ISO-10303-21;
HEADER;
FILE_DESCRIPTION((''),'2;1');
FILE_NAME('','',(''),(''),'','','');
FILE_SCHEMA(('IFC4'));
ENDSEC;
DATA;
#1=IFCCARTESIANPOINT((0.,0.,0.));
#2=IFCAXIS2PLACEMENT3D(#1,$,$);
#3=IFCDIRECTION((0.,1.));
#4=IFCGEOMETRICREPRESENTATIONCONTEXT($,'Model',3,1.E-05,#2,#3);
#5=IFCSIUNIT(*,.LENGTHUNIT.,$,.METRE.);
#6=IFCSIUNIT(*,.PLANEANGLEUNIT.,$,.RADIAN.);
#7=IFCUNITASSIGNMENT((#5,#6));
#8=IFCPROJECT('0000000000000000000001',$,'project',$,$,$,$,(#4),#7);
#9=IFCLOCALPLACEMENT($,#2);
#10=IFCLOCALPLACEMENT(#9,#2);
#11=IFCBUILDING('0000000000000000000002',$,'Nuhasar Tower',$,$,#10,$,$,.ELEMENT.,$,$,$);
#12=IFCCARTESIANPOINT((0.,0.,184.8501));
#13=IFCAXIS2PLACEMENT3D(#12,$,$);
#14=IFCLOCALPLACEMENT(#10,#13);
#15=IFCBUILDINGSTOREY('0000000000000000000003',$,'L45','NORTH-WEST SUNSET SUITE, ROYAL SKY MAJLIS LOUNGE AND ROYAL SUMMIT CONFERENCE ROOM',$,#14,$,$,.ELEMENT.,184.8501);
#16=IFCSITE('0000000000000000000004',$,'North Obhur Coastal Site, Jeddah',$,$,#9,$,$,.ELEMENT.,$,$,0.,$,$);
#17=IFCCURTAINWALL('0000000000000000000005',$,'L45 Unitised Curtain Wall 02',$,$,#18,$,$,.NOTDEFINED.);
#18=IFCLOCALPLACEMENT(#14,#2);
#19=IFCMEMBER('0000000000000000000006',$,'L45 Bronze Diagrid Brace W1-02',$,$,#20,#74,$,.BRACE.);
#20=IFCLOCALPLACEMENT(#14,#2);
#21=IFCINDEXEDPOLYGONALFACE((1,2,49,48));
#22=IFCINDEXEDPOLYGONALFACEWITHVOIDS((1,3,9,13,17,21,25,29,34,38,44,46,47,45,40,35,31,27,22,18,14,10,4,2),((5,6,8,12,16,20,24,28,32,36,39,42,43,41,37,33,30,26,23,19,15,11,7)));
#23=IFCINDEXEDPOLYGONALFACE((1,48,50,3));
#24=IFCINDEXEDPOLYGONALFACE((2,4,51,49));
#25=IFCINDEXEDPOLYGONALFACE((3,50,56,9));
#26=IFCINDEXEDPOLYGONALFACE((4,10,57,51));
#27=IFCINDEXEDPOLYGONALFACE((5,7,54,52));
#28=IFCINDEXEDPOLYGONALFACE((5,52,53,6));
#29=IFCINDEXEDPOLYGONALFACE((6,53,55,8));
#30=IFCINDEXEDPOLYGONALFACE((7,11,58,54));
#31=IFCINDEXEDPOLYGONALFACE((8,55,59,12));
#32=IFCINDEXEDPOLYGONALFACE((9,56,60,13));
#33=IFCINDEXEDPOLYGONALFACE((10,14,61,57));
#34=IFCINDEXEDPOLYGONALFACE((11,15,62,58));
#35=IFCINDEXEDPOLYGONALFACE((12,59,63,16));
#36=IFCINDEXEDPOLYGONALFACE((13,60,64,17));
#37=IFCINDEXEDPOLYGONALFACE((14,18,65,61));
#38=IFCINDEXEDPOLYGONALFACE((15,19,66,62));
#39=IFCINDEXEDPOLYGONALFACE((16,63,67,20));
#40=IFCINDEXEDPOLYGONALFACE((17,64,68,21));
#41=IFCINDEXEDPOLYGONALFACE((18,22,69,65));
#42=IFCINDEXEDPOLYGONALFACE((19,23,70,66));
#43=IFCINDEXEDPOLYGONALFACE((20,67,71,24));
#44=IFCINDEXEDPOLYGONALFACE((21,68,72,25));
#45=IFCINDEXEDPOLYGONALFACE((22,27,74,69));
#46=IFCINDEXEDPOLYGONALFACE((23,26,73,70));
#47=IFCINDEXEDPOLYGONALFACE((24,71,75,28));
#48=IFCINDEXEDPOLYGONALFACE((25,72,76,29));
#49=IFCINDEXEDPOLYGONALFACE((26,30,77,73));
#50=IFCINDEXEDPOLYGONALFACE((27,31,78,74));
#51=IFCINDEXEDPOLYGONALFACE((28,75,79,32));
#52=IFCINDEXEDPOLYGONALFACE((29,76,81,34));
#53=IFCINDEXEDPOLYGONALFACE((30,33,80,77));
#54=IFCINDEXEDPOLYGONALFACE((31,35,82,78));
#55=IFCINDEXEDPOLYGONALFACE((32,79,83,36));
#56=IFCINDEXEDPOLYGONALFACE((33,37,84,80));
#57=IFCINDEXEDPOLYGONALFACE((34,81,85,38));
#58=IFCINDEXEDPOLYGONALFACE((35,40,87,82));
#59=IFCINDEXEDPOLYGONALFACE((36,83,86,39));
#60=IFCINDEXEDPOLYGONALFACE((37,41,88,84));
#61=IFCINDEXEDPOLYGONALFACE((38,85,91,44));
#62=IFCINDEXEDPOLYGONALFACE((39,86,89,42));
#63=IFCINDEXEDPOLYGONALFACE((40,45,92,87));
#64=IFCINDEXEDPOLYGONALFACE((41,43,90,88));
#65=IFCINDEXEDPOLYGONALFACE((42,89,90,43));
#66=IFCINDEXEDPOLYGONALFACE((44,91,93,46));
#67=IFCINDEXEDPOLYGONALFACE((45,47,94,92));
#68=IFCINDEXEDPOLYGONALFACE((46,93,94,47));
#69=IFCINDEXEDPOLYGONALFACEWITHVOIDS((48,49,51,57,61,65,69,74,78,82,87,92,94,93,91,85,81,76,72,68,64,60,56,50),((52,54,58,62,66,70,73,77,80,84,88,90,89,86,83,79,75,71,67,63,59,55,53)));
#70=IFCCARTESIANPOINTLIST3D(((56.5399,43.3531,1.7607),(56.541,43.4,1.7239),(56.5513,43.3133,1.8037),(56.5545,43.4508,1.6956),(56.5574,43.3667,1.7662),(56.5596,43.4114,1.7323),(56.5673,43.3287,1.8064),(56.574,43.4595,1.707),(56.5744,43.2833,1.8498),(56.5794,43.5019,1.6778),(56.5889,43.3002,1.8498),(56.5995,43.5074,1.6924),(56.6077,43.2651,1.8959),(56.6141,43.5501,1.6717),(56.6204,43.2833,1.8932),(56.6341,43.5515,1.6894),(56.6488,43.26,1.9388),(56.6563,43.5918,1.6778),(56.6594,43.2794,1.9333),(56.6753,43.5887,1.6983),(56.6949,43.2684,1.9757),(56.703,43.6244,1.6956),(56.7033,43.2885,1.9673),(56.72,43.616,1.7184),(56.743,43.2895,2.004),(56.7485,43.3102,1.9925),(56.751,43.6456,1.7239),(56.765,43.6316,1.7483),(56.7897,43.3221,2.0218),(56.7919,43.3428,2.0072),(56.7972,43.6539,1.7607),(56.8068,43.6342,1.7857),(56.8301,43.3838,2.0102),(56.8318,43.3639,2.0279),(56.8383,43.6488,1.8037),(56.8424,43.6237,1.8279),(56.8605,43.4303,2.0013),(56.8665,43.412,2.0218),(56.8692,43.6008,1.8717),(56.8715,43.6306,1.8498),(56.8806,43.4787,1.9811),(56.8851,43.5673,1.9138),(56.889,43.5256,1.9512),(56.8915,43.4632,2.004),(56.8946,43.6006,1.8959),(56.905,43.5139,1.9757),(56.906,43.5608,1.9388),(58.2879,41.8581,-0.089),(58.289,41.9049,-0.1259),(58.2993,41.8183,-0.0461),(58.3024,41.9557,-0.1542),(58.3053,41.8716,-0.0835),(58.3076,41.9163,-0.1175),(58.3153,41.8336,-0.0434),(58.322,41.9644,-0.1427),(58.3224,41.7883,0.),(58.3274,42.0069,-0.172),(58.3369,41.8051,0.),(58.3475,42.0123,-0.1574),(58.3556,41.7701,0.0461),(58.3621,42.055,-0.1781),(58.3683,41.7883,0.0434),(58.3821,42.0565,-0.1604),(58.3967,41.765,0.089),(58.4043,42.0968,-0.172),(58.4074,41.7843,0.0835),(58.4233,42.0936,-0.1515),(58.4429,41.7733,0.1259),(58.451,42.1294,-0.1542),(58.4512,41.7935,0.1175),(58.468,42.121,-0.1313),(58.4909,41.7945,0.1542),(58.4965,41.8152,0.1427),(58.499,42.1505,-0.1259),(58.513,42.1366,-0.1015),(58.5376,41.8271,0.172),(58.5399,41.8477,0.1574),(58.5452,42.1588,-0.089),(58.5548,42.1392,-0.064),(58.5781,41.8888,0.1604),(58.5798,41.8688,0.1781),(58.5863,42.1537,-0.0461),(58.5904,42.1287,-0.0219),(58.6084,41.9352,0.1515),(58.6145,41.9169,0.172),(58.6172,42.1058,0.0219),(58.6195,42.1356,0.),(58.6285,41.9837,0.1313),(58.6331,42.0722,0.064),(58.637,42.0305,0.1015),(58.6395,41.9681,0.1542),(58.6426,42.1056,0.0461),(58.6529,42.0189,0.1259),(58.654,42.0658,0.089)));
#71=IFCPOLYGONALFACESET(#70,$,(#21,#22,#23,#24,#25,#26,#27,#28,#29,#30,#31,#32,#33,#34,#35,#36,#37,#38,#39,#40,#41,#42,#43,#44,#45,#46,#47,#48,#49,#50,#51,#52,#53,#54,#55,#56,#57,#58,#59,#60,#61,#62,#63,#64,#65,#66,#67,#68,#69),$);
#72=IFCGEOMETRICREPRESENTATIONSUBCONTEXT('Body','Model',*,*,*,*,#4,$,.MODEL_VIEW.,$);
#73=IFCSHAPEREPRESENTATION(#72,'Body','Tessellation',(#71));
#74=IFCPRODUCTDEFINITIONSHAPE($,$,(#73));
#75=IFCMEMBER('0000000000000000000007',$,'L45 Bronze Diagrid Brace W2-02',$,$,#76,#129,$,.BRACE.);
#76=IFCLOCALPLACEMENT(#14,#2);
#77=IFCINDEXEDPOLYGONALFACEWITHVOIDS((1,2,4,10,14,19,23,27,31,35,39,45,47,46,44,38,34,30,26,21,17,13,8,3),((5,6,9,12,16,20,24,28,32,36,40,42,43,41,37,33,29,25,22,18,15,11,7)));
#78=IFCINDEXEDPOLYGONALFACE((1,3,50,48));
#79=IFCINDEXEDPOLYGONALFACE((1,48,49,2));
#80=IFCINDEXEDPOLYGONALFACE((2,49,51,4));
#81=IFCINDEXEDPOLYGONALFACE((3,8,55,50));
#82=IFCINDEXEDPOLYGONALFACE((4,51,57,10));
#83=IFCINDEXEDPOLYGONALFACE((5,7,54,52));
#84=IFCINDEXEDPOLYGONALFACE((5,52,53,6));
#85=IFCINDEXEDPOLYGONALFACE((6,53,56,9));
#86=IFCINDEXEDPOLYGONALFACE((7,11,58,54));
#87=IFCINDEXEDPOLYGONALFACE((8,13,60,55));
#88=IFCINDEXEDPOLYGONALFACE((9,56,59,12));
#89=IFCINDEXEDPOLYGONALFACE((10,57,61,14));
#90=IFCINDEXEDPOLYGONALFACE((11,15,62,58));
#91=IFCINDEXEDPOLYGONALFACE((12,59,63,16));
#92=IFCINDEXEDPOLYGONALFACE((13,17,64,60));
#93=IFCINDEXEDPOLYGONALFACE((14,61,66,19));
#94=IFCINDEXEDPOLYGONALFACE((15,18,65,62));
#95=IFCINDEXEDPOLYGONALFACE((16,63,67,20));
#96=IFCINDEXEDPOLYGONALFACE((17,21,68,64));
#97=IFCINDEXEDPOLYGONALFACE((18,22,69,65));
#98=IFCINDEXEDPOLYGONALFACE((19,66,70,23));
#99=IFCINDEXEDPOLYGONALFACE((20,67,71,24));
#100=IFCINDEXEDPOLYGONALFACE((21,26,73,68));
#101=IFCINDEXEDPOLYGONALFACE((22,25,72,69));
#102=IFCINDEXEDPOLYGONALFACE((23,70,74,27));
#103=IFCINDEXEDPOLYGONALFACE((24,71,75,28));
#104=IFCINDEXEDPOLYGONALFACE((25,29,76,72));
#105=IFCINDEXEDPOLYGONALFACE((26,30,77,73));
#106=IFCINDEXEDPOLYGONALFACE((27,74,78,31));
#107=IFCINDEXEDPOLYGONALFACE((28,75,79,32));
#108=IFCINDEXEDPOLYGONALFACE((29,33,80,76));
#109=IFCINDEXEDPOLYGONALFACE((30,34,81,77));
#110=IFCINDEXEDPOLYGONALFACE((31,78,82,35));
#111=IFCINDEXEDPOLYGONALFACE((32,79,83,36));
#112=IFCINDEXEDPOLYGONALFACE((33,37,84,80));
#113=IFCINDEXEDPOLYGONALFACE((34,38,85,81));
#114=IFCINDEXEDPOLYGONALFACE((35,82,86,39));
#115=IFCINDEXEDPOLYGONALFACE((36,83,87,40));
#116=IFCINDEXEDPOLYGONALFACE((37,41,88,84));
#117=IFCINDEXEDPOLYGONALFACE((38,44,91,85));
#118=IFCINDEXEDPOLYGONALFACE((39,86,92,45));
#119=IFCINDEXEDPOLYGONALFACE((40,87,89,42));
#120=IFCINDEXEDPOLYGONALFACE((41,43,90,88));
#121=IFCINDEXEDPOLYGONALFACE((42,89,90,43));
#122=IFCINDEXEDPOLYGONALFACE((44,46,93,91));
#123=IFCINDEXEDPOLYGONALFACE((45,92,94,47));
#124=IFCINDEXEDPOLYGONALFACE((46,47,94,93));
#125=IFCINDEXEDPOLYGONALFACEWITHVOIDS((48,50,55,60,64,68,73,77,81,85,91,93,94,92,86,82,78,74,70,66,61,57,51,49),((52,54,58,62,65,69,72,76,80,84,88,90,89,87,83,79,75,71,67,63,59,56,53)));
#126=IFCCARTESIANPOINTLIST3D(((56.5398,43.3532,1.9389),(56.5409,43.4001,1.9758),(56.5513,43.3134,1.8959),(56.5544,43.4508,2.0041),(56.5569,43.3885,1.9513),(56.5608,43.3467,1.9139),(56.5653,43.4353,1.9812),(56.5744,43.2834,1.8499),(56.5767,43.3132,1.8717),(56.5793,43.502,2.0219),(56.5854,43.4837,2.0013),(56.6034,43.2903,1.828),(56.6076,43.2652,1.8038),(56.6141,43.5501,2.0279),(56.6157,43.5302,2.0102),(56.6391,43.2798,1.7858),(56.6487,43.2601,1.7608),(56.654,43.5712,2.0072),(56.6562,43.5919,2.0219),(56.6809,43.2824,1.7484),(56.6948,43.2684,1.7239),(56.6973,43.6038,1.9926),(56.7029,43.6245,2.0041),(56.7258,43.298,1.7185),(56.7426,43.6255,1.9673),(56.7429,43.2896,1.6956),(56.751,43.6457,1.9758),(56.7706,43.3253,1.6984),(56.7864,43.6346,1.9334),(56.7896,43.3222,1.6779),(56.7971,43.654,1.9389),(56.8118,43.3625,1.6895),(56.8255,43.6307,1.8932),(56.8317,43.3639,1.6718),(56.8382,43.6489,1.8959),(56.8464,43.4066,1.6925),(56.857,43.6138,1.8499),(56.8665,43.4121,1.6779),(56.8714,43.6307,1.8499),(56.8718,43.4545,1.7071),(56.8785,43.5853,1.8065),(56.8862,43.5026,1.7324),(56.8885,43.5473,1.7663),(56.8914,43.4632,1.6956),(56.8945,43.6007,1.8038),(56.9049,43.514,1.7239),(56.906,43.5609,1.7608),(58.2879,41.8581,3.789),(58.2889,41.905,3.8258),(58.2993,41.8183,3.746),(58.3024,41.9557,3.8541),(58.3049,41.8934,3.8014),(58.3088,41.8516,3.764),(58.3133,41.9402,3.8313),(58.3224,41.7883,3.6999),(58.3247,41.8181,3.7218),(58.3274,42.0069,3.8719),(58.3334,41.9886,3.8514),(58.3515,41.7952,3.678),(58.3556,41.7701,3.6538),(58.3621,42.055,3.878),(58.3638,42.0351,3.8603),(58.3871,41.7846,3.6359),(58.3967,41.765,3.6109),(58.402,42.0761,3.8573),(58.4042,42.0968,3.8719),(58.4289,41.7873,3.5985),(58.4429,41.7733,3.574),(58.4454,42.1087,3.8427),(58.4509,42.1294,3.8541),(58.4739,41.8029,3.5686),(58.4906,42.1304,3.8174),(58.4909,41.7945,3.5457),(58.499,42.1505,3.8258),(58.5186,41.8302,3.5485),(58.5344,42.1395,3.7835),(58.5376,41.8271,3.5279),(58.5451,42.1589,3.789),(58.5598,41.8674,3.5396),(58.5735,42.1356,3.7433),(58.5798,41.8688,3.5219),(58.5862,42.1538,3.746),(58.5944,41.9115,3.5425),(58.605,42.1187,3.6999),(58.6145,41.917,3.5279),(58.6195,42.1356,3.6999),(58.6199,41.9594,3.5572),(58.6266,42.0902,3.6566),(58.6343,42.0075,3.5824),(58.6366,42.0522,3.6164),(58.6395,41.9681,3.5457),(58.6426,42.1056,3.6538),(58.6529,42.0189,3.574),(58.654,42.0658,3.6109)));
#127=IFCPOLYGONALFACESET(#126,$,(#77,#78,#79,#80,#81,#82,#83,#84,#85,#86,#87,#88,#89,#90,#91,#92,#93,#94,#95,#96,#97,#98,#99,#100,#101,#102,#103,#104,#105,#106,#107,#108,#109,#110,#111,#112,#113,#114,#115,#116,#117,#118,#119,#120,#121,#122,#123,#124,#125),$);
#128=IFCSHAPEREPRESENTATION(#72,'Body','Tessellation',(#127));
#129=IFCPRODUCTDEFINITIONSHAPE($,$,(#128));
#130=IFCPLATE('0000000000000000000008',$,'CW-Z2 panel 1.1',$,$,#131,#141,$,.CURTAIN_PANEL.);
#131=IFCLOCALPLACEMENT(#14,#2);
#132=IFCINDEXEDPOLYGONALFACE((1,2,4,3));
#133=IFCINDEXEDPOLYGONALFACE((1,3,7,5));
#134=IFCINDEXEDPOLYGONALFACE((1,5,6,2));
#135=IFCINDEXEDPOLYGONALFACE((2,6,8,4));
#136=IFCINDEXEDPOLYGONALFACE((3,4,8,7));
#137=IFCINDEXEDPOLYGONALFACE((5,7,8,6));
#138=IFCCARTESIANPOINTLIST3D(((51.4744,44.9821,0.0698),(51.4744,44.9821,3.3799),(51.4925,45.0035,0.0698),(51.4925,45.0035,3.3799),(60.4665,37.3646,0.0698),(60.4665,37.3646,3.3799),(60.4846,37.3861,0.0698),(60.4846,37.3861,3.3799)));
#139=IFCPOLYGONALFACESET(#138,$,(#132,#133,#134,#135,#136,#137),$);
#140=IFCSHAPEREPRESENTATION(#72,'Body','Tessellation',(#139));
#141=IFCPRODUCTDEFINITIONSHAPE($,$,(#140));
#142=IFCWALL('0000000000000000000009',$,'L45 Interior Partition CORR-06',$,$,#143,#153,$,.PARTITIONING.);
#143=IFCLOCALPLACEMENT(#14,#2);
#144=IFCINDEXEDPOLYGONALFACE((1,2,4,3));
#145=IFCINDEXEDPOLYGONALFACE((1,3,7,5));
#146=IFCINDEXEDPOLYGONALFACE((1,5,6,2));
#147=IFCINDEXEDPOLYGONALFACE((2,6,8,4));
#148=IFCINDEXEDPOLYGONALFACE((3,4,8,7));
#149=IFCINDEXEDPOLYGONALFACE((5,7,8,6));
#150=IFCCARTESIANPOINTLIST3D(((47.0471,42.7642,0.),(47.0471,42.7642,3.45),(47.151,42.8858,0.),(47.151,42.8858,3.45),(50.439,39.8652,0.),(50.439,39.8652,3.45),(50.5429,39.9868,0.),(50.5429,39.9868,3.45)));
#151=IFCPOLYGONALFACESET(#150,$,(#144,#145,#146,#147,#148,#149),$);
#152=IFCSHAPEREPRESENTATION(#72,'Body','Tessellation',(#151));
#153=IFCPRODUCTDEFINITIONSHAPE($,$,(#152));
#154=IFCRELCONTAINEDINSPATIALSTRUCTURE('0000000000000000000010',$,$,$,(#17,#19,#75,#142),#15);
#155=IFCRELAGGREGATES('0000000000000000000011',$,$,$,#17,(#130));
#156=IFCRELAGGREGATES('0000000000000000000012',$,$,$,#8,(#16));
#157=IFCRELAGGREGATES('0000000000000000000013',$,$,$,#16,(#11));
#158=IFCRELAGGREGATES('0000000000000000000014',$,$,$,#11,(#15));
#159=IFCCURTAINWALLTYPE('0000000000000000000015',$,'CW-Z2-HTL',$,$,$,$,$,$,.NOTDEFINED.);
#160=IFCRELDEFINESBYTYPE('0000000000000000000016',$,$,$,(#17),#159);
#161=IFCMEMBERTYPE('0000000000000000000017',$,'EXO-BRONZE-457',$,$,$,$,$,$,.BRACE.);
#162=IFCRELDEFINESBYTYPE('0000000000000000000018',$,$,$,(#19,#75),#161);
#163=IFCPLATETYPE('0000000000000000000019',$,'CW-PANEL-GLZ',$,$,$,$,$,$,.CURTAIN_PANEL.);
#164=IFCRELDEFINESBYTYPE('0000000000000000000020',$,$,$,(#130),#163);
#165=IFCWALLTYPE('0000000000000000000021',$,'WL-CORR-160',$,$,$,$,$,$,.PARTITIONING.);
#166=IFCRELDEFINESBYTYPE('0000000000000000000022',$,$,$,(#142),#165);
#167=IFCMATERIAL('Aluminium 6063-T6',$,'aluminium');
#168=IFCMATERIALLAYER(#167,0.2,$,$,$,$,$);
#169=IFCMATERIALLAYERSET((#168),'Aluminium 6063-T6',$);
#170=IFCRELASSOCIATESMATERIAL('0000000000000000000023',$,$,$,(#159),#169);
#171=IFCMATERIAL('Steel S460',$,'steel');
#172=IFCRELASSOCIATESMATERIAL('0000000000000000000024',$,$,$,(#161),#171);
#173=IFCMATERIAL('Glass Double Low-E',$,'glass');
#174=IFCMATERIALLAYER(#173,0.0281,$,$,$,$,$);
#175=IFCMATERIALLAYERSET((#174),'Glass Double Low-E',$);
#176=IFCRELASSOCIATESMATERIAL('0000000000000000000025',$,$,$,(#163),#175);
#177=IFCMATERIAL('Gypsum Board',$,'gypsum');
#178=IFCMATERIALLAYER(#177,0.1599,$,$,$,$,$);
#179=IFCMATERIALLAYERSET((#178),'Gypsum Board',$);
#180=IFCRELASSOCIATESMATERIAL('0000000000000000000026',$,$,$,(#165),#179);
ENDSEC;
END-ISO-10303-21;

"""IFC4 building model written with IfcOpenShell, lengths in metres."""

from ifc_helpers import new_model, si_unit, direction, frame, frame_2d, origin, origin_2d, place, context, subcontext, project, spatial, rectangle, hollow_circle, extrude, material, layer, layer_set, material_profile, profile_set, type_object, element, aggregate, save


model = new_model("IFC4")

# Units and contexts
model_context = context("Model", 3, precision=1e-05, world=origin(), true_north=direction((0.0, 1.0)))
body_context = subcontext(model_context, "Body", "Model", "MODEL_VIEW")
ifc_project = project(units=[si_unit("LENGTHUNIT", "METRE"), si_unit("PLANEANGLEUNIT", "RADIAN")], contexts=[model_context])

# Site, building, storey
site_placement = place(None, origin())
site = spatial("IfcSite", under=ifc_project, at=site_placement, Name="North Obhur Coastal Site, Jeddah", CompositionType="ELEMENT", RefElevation=0.0)
building_placement = place(site_placement, origin())
building = spatial("IfcBuilding", under=site, at=building_placement, Name="Nuhasar Tower", CompositionType="ELEMENT")
storey_placement = place(building_placement, frame((0.0, 0.0, 184.8501)))
storey = spatial("IfcBuildingStorey", under=building, at=storey_placement, Name="L45", Description="NORTH-WEST SUNSET SUITE, ROYAL SKY MAJLIS LOUNGE AND ROYAL SUMMIT CONFERENCE ROOM", CompositionType="ELEMENT", Elevation=184.8501)

# Shared definitions
ifc_material_1 = material(Name="Aluminium 6063-T6", Category="aluminium")
ifc_layer_1 = layer(ifc_material_1, 0.2)
ifc_layer_set_1 = layer_set([ifc_layer_1], Name="Aluminium 6063-T6")
curtain_wall_type = type_object("IfcCurtainWallType", Name="CW-Z2-HTL", PredefinedType="NOTDEFINED", material=ifc_layer_set_1)

# Curtain wall
curtain_wall_1_placement = place(storey_placement, origin())
curtain_wall_1 = element("IfcCurtainWall", 1, at=curtain_wall_1_placement, inside=storey, type_object=curtain_wall_type, Name="L45 Unitised Curtain Wall 02", PredefinedType="NOTDEFINED")

# Members
ifc_material_2 = material(Name="Steel S460", Category="steel")
ifc_material_profile_1 = material_profile(ifc_material_2, hollow_circle(Radius=0.2285, WallThickness=0.0222, at=origin_2d()), Name="HSS457X22.2")
ifc_profile_set_1 = profile_set([ifc_material_profile_1], Name="Steel S460")
member_type_1 = type_object("IfcMemberType", Name="EXO-BRONZE-457", PredefinedType="BRACE", material=ifc_profile_set_1)
member_1_placement = place(storey_placement, frame((58.4709, 41.9619, 0.0), z_axis=(-0.592201, 0.506514, 0.626691), x_axis=(-0.649987, -0.759945, 0.0)))
element("IfcMember", 2, at=member_1_placement, inside=storey, type_object=member_type_1, Name="L45 Bronze Diagrid Brace W1-02", PredefinedType="BRACE", context=body_context, shape_type="SweptSolid", body=[
    extrude(hollow_circle(Radius=0.2285, WallThickness=0.0222, at=origin_2d()), origin(), (0.0, 0.0, 1.0), 2.9517),
])
member_2_placement = place(storey_placement, frame((56.7229, 43.457, 1.8499), z_axis=(0.59217, -0.506488, 0.626741), x_axis=(0.649987, 0.759945, 0.0)))
element("IfcMember", 3, at=member_2_placement, inside=storey, type_object=member_type_1, Name="L45 Bronze Diagrid Brace W2-02", PredefinedType="BRACE", context=body_context, shape_type="SweptSolid", body=[
    extrude(hollow_circle(Radius=0.2285, WallThickness=0.0222, at=origin_2d()), origin(), (0.0, 0.0, 1.0), 2.9519),
])

# Plate
ifc_material_3 = material(Name="Glass Double Low-E", Category="glass")
ifc_layer_2 = layer(ifc_material_3, 0.0281)
ifc_layer_set_2 = layer_set([ifc_layer_2], Name="Glass Double Low-E")
plate_type = type_object("IfcPlateType", Name="CW-PANEL-GLZ", PredefinedType="CURTAIN_PANEL", material=ifc_layer_set_2)
plate_placement = place(storey_placement, frame((55.9795, 41.1841, 0.0698), z_axis=(0.0, 0.0, 1.0), x_axis=(-0.76302, 0.646374, 0.0)))
plate = element("IfcPlate", 4, at=plate_placement, type_object=plate_type, Name="CW-Z2 panel 1.1", PredefinedType="CURTAIN_PANEL", context=body_context, shape_type="SweptSolid", body=[
    extrude(rectangle(XDim=11.7849, YDim=0.0281, at=origin_2d()), origin(), (0.0, 0.0, 1.0), 3.3101),
])
aggregate(curtain_wall_1, [plate])

# Shared definitions
ifc_material_4 = material(Name="Gypsum Board", Category="gypsum")
ifc_layer_3 = layer(ifc_material_4, 0.1599)
ifc_layer_set_3 = layer_set([ifc_layer_3], Name="Gypsum Board")
wall_type = type_object("IfcWallType", Name="WL-CORR-160", PredefinedType="PARTITIONING", material=ifc_layer_set_3)

# Wall
wall_1_placement = place(storey_placement, frame((50.491, 39.926, 0.0), z_axis=(0.0, 0.0, 1.0), x_axis=(-0.760183, 0.649709, 0.0)))
element("IfcWall", 5, at=wall_1_placement, inside=storey, type_object=wall_type, Name="L45 Interior Partition CORR-06", PredefinedType="PARTITIONING", context=body_context, shape_type="SweptSolid", body=[
    extrude(rectangle(XDim=4.4619, YDim=0.1599, at=frame_2d((2.231, 0.0))), origin(), (0.0, 0.0, 1.0), 3.45),
])

save(model, "model.ifc")
